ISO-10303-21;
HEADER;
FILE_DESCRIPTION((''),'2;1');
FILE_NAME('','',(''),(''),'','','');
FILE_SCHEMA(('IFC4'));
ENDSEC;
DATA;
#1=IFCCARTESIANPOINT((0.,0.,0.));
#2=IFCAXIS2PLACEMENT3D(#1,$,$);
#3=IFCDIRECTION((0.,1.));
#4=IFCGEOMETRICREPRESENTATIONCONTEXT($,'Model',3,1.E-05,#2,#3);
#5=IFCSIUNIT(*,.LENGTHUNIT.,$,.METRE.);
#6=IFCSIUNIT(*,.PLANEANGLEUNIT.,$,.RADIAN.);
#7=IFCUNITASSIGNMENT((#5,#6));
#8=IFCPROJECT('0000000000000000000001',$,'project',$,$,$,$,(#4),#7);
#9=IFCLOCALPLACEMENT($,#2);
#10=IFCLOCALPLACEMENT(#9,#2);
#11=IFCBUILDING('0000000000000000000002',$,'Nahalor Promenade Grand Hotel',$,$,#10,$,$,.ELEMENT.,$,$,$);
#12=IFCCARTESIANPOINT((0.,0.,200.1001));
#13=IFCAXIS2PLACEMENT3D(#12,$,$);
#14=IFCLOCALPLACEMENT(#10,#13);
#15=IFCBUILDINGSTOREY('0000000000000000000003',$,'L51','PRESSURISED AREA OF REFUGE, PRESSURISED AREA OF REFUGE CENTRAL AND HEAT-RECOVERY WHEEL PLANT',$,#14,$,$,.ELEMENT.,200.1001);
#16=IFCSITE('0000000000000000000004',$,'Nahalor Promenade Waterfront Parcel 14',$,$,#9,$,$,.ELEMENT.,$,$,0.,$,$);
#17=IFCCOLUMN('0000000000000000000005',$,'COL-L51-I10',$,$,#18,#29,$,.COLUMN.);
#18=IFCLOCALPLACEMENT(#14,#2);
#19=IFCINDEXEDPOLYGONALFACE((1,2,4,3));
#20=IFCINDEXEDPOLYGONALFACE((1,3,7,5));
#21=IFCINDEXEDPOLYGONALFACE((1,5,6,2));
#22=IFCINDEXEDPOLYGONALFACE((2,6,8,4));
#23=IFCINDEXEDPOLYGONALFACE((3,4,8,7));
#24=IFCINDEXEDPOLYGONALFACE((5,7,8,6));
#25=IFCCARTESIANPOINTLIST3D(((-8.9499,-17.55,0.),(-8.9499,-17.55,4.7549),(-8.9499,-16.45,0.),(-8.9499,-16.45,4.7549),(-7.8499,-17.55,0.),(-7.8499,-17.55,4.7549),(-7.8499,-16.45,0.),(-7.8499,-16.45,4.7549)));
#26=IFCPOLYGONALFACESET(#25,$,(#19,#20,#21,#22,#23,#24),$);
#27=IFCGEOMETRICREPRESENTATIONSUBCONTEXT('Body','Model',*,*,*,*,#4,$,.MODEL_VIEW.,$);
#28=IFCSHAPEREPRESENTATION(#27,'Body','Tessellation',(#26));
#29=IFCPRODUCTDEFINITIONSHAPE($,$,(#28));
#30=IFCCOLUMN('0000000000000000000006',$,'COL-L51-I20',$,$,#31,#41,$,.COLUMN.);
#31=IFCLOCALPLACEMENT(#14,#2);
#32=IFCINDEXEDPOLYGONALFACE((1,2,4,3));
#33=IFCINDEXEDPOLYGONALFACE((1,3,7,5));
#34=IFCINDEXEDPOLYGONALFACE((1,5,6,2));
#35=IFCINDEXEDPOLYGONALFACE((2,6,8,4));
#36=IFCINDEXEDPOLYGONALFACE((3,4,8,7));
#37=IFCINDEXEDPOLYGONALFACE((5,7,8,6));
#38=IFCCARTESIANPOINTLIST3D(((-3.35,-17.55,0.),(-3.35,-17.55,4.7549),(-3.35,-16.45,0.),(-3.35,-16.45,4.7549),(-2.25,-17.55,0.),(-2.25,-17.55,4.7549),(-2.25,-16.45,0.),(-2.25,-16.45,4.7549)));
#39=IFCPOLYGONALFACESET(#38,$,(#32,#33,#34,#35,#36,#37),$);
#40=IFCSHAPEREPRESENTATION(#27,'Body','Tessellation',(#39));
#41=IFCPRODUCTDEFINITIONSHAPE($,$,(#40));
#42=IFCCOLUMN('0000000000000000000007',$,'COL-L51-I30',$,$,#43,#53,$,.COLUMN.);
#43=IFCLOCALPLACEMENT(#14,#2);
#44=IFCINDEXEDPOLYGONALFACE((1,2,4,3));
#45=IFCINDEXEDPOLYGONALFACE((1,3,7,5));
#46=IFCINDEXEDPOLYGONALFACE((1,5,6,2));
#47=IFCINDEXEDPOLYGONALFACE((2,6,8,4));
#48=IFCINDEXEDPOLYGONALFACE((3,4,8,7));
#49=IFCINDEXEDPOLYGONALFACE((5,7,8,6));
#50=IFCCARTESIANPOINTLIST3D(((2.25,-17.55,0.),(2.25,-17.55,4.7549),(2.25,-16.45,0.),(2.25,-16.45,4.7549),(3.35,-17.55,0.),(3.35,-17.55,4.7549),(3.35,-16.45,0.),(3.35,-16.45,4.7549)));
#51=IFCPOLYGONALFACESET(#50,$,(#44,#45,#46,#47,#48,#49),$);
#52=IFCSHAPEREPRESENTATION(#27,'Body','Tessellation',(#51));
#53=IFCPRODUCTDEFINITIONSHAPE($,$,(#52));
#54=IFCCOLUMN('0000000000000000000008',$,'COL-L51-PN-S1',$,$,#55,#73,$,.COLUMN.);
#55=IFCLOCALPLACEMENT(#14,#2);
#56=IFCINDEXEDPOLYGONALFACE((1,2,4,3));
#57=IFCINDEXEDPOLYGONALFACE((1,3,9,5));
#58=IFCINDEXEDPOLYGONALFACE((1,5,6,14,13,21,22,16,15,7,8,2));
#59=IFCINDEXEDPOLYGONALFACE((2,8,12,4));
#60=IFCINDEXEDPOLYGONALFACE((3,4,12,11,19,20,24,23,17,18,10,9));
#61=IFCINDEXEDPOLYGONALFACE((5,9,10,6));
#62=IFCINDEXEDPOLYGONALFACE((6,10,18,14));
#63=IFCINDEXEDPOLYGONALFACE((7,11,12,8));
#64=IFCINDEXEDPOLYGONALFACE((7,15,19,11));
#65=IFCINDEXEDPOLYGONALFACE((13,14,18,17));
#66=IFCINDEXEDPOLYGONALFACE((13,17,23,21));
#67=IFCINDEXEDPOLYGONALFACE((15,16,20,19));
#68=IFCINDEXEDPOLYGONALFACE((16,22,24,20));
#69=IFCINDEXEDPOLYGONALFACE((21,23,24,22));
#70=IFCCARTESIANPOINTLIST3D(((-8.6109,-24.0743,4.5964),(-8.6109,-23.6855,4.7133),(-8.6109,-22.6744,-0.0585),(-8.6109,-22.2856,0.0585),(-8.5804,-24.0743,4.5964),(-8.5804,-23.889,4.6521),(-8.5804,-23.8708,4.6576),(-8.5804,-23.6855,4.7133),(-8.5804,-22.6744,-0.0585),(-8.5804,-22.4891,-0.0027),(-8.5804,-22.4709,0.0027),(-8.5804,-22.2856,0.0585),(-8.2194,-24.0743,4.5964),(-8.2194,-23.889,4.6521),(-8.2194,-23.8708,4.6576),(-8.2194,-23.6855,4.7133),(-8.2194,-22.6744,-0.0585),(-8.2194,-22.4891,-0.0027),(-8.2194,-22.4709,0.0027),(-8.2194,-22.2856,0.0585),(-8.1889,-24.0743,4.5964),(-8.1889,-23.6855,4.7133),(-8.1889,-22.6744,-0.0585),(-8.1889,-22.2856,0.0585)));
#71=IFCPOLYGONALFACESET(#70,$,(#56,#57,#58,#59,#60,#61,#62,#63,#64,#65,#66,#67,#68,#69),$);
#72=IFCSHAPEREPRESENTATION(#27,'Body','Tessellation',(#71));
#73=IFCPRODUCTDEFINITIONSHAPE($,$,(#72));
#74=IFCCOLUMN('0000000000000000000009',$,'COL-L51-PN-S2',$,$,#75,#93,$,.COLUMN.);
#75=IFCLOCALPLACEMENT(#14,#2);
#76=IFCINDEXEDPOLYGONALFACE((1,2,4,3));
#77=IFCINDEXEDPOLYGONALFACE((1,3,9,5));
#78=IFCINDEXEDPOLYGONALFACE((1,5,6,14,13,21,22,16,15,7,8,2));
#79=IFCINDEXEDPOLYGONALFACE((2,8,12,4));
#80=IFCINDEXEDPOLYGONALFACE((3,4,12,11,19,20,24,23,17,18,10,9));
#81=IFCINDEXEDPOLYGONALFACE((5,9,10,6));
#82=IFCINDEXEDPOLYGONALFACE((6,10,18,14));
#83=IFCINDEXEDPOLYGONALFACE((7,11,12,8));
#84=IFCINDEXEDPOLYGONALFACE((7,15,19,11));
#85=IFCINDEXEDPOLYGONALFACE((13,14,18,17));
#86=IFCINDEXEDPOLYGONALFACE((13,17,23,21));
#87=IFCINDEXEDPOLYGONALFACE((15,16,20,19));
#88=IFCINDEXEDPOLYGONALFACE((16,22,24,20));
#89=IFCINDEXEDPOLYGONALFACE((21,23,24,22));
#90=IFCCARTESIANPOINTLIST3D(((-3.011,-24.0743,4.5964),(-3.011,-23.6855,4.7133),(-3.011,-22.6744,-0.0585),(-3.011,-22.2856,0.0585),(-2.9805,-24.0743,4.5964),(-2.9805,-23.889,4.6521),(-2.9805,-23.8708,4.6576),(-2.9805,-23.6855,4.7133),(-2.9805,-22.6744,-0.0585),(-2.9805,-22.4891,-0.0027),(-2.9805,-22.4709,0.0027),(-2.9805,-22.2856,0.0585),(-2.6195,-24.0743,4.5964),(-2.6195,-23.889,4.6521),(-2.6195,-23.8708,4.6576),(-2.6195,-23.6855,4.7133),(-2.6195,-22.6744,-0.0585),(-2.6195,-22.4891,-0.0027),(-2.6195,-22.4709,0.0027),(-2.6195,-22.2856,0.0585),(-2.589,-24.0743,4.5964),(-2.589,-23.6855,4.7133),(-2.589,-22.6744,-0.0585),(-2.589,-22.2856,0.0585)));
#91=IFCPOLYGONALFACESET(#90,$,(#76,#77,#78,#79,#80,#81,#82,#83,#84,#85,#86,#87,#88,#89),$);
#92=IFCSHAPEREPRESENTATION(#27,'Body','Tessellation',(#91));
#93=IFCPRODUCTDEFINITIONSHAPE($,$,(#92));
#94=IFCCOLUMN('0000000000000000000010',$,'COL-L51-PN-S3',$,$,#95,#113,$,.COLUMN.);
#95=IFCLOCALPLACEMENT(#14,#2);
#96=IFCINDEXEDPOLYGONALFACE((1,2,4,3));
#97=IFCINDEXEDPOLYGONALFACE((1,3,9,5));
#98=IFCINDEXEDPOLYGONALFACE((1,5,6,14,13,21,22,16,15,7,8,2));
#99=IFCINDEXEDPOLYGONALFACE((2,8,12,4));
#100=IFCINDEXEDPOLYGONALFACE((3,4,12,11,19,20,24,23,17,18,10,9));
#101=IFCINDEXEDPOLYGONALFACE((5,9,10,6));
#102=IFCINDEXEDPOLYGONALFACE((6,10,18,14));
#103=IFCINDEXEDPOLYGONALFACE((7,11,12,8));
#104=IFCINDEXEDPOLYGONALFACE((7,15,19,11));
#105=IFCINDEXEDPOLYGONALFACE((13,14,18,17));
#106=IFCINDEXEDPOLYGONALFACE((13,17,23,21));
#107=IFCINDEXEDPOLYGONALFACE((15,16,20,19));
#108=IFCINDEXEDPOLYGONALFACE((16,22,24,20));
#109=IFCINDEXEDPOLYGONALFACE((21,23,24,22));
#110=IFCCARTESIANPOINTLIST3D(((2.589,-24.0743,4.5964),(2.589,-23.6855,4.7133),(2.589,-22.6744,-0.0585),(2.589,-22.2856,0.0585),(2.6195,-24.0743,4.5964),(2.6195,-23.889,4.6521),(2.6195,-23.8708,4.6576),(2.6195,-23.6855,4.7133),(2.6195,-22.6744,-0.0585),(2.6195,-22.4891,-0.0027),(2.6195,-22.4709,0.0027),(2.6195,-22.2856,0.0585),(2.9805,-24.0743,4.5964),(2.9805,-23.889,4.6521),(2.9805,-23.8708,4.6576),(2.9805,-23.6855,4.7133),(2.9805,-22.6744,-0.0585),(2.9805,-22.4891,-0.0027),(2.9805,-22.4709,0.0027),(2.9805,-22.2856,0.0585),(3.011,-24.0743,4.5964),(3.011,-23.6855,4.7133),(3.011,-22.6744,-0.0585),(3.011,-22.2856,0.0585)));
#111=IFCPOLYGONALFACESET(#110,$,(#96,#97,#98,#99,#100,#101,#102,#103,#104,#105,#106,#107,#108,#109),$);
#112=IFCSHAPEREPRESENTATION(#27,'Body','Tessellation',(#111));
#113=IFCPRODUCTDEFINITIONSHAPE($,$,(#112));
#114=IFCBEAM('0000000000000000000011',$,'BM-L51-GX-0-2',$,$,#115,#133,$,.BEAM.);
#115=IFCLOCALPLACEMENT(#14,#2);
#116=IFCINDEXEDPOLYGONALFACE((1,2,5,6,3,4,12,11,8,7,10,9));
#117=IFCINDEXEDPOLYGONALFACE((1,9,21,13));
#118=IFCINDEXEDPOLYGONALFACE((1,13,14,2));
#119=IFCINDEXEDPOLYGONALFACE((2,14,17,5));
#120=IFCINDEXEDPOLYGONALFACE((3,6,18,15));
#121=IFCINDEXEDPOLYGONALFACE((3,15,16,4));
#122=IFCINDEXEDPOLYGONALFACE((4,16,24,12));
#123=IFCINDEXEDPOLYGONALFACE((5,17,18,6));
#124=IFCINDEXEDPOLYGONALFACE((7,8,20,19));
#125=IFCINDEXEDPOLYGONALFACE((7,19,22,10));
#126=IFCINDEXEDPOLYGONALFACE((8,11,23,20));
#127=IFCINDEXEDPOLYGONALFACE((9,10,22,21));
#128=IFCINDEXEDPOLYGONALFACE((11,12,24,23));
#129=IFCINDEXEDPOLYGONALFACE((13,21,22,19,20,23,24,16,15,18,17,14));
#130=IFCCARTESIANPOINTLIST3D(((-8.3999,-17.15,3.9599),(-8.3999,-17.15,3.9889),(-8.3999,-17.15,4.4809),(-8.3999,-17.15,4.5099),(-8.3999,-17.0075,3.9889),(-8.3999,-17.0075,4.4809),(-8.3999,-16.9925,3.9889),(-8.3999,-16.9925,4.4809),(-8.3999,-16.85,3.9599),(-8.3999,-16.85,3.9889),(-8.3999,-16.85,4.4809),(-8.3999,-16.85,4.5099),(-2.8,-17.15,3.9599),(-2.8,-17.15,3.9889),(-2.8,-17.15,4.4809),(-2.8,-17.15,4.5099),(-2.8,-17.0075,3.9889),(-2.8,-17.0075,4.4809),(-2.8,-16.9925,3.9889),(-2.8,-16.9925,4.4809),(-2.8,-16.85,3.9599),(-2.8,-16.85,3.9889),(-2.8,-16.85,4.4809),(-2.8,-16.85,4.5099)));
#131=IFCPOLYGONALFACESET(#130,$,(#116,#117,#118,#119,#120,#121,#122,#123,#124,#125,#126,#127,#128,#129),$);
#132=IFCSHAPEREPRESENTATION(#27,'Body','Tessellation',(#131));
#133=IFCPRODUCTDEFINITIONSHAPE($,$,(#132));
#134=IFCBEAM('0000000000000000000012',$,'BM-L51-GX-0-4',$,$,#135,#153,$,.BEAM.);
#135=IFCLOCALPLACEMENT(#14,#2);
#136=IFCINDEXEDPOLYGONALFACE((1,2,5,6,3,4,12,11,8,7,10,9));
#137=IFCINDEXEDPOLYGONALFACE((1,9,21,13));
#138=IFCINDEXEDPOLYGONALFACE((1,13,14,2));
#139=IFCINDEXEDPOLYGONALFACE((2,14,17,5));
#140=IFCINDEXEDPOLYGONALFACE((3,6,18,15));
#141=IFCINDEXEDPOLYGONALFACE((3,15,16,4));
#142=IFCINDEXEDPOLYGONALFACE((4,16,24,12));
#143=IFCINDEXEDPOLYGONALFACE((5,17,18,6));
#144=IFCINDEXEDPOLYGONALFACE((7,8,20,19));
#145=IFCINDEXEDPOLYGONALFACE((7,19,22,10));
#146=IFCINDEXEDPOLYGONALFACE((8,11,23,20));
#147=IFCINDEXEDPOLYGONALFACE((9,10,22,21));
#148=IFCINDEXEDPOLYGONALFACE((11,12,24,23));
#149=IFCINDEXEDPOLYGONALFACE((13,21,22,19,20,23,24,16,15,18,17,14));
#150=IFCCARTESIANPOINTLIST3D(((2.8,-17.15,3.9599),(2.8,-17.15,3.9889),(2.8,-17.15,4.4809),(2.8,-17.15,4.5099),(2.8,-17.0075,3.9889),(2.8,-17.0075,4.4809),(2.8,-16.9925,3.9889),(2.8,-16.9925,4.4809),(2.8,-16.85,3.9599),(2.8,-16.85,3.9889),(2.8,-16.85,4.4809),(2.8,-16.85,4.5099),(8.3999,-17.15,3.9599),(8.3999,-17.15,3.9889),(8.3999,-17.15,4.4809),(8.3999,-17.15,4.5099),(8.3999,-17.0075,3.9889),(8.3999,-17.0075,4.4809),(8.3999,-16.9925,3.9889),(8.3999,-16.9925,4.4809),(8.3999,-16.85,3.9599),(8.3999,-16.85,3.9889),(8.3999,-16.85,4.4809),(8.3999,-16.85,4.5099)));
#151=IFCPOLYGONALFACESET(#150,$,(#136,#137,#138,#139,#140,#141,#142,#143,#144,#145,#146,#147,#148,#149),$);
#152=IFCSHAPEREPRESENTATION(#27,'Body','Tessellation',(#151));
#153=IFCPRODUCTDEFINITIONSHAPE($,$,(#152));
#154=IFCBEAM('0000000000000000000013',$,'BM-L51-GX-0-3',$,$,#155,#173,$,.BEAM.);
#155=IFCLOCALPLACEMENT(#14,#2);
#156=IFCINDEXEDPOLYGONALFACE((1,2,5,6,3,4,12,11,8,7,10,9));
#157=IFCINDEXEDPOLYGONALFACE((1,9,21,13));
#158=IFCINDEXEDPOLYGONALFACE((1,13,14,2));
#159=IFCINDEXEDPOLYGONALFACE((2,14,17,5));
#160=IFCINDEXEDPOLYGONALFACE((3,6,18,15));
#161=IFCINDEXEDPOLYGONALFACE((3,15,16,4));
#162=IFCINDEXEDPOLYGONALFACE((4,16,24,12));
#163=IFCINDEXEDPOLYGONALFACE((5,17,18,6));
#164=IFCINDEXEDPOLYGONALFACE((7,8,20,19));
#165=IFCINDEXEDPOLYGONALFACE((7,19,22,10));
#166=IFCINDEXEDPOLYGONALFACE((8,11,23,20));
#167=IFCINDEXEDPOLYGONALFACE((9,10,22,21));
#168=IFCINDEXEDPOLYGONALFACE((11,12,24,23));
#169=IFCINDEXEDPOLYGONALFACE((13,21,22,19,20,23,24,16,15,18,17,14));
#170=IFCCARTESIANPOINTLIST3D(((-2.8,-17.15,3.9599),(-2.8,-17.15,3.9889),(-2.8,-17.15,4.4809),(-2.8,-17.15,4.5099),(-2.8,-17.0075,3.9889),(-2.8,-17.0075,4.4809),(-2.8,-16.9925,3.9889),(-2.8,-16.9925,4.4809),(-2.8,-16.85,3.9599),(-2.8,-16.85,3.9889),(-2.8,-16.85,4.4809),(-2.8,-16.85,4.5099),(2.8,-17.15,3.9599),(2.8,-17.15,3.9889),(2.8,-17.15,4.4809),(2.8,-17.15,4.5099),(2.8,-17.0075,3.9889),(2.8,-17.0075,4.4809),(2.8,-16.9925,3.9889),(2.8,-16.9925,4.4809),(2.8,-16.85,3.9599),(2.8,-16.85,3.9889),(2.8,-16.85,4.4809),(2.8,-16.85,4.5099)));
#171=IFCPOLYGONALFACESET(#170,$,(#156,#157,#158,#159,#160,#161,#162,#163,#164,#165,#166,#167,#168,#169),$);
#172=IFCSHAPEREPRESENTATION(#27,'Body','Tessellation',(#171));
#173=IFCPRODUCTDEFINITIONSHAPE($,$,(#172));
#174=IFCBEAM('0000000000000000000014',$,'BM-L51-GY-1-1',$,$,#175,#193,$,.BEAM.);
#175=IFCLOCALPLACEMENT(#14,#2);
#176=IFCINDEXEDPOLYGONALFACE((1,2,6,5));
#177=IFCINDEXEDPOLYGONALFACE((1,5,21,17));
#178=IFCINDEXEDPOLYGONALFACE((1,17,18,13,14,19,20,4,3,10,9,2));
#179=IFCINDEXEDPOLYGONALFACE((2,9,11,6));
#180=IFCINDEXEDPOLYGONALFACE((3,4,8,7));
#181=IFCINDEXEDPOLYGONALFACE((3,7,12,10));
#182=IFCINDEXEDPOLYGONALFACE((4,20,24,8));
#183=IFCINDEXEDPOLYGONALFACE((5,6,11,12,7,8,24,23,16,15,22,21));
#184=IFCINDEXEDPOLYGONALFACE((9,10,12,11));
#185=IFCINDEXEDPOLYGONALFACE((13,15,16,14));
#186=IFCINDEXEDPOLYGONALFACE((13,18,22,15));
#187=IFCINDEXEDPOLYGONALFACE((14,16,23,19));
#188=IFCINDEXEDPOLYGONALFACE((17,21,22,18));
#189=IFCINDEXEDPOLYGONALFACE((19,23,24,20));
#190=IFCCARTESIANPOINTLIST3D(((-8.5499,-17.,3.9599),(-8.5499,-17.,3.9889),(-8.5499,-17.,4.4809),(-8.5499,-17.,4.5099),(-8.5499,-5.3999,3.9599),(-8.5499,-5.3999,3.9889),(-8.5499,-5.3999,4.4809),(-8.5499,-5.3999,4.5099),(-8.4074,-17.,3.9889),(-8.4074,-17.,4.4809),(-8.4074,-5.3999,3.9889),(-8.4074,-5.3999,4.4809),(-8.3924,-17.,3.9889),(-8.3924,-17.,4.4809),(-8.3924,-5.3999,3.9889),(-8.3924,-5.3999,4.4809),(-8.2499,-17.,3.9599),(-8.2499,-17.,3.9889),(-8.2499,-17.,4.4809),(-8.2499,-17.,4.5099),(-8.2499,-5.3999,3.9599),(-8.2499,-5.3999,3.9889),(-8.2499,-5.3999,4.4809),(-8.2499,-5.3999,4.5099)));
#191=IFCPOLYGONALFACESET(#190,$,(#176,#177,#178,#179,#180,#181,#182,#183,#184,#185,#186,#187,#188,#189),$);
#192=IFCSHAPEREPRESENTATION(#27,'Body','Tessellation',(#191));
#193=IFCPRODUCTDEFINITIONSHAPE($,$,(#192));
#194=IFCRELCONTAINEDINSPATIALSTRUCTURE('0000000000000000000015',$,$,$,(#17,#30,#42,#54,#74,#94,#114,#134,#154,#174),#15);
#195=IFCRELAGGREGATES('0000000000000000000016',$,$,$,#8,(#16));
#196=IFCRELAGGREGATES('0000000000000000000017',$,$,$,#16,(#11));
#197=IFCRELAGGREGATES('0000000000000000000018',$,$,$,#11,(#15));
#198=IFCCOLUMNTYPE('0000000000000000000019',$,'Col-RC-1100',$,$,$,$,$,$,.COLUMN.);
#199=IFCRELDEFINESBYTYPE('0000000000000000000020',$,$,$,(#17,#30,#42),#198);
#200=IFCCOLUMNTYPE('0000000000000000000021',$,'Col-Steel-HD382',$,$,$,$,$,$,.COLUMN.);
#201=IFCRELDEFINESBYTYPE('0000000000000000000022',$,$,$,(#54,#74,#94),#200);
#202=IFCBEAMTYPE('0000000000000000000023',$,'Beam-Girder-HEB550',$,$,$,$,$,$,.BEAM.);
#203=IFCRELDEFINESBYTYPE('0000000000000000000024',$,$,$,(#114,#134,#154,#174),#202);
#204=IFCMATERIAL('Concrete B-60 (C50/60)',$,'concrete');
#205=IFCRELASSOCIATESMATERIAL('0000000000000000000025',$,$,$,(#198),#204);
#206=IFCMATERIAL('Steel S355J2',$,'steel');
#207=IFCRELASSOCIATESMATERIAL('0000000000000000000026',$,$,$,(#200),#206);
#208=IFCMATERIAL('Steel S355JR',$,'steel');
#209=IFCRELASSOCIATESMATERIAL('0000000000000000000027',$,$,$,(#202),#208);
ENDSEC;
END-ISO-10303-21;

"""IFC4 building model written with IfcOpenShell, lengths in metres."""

from ifc_helpers import new_model, si_unit, direction, frame, origin, origin_2d, place, context, subcontext, project, spatial, rectangle, i_section, extrude, source, transform, mapped, material, material_profile, profile_set, type_object, element, save


model = new_model("IFC4")

# Units and contexts
model_context = context("Model", 3, precision=1e-05, world=origin(), true_north=direction((0.0, 1.0)))
body_context = subcontext(model_context, "Body", "Model", "MODEL_VIEW")
ifc_project = project(units=[si_unit("LENGTHUNIT", "METRE"), si_unit("PLANEANGLEUNIT", "RADIAN")], contexts=[model_context])

# Site, building, storey
site_placement = place(None, origin())
site = spatial("IfcSite", under=ifc_project, at=site_placement, Name="Nahalor Promenade Waterfront Parcel 14", CompositionType="ELEMENT", RefElevation=0.0)
building_placement = place(site_placement, origin())
building = spatial("IfcBuilding", under=site, at=building_placement, Name="Nahalor Promenade Grand Hotel", CompositionType="ELEMENT")
storey_placement = place(building_placement, frame((0.0, 0.0, 200.1001)))
storey = spatial("IfcBuildingStorey", under=building, at=storey_placement, Name="L51", Description="PRESSURISED AREA OF REFUGE, PRESSURISED AREA OF REFUGE CENTRAL AND HEAT-RECOVERY WHEEL PLANT", CompositionType="ELEMENT", Elevation=200.1001)

# Columns
ifc_material_1 = material(Name="Concrete B-60 (C50/60)", Category="concrete")
ifc_material_profile_1 = material_profile(ifc_material_1, rectangle(XDim=1.1, YDim=1.1, at=origin_2d()), Name="RC 1100x1100")
ifc_profile_set_1 = profile_set([ifc_material_profile_1], Name="Concrete B-60 (C50/60)")
column_type_1 = type_object("IfcColumnType", Name="Col-RC-1100", PredefinedType="COLUMN", material=ifc_profile_set_1)
shared_shape_1 = source(origin(), body_context, "Body", "SweptSolid", [
    extrude(rectangle(XDim=1.1, YDim=1.1, at=origin_2d()), origin(), (0.0, 0.0, 1.0), 4.7549),
])
for number, where, z_axis, x_axis, name in (
    (1, (-8.3999, -17.0, 0.0), (0.0, 0.0, 1.0), (1.0, 0.0, 0.0), "COL-L51-I10"),
    (2, (-2.8, -17.0, 0.0), (0.0, 0.0, 1.0), (1.0, 0.0, 0.0), "COL-L51-I20"),
    (3, (2.8, -17.0, 0.0), (0.0, 0.0, 1.0), (1.0, 0.0, 0.0), "COL-L51-I30"),
):
    element("IfcColumn", number, at=place(storey_placement, frame(where, z_axis=z_axis, x_axis=x_axis)), inside=storey, type_object=column_type_1, Name=name, PredefinedType="COLUMN", context=body_context, shape_type="MappedRepresentation", body=[
        mapped(shared_shape_1, transform((0.0, 0.0, 0.0), scale=1.0)),
    ])
ifc_material_2 = material(Name="Steel S355J2", Category="steel")
ifc_material_profile_2 = material_profile(ifc_material_2, i_section(OverallWidth=0.406, OverallDepth=0.422, WebThickness=0.019, FlangeThickness=0.0305, at=origin_2d()), Name="HD 400x382")
ifc_profile_set_2 = profile_set([ifc_material_profile_2], Name="Steel S355J2")
column_type_2 = type_object("IfcColumnType", Name="Col-Steel-HD382", PredefinedType="COLUMN", material=ifc_profile_set_2)
shared_shape_2 = source(origin(), body_context, "Body", "SweptSolid", [
    extrude(i_section(OverallWidth=0.406, OverallDepth=0.422, WebThickness=0.019, FlangeThickness=0.0305, at=origin_2d()), origin(), (0.0, 0.0, 1.0), 4.8608),
])
for number, where, z_axis, x_axis, name in (
    (4, (-8.3999, -22.48, 0.0), (0.0, -0.288002, 0.95763), (0.0, 0.95763, 0.288002), "COL-L51-PN-S1"),
    (5, (-2.8, -22.48, 0.0), (0.0, -0.288002, 0.95763), (0.0, 0.95763, 0.288002), "COL-L51-PN-S2"),
    (6, (2.8, -22.48, 0.0), (0.0, -0.288002, 0.95763), (0.0, 0.95763, 0.288002), "COL-L51-PN-S3"),
):
    element("IfcColumn", number, at=place(storey_placement, frame(where, z_axis=z_axis, x_axis=x_axis)), inside=storey, type_object=column_type_2, Name=name, PredefinedType="COLUMN", context=body_context, shape_type="MappedRepresentation", body=[
        mapped(shared_shape_2, transform((0.0, 0.0, 0.0), scale=1.0)),
    ])

# Beams
ifc_material_3 = material(Name="Steel S355JR", Category="steel")
ifc_material_profile_3 = material_profile(ifc_material_3, i_section(OverallWidth=0.3, OverallDepth=0.55, WebThickness=0.015, FlangeThickness=0.029, at=origin_2d()), Name="HEB 550")
ifc_profile_set_3 = profile_set([ifc_material_profile_3], Name="Steel S355JR")
beam_type_1 = type_object("IfcBeamType", Name="Beam-Girder-HEB550", PredefinedType="BEAM", material=ifc_profile_set_3)
shared_shape_3 = source(origin(), body_context, "Body", "SweptSolid", [
    extrude(i_section(OverallWidth=0.3, OverallDepth=0.55, WebThickness=0.015, FlangeThickness=0.029, at=origin_2d()), origin(), (0.0, 0.0, 1.0), 5.5999),
])
for number, where, z_axis, x_axis, name in (
    (7, (-8.3999, -17.0, 4.2349), (1.0, 0.0, 0.0), (0.0, 1.0, 0.0), "BM-L51-GX-0-2"),
    (8, (2.8, -17.0, 4.2349), (1.0, 0.0, 0.0), (0.0, 1.0, 0.0), "BM-L51-GX-0-4"),
):
    element("IfcBeam", number, at=place(storey_placement, frame(where, z_axis=z_axis, x_axis=x_axis)), inside=storey, type_object=beam_type_1, Name=name, PredefinedType="BEAM", context=body_context, shape_type="MappedRepresentation", body=[
        mapped(shared_shape_3, transform((0.0, 0.0, 0.0), scale=1.0)),
    ])
shared_shape_4 = source(origin(), body_context, "Body", "SweptSolid", [
    extrude(i_section(OverallWidth=0.3, OverallDepth=0.55, WebThickness=0.015, FlangeThickness=0.029, at=origin_2d()), origin(), (0.0, 0.0, 1.0), 5.6001),
])
beam_1_placement = place(storey_placement, frame((-2.8, -17.0, 4.2349), z_axis=(1.0, 0.0, 0.0), x_axis=(0.0, 1.0, 0.0)))
element("IfcBeam", 9, at=beam_1_placement, inside=storey, type_object=beam_type_1, Name="BM-L51-GX-0-3", PredefinedType="BEAM", context=body_context, shape_type="MappedRepresentation", body=[
    mapped(shared_shape_4, transform((0.0, 0.0, 0.0), scale=1.0)),
])
shared_shape_5 = source(origin(), body_context, "Body", "SweptSolid", [
    extrude(i_section(OverallWidth=0.3, OverallDepth=0.55, WebThickness=0.015, FlangeThickness=0.029, at=origin_2d()), origin(), (0.0, 0.0, 1.0), 11.6001),
])
for number, where, z_axis, x_axis, name in (
    (10, (-8.3999, -17.0, 4.2349), (0.0, 1.0, 0.0), (-1.0, 0.0, 0.0), "BM-L51-GY-1-1"),
):
    element("IfcBeam", number, at=place(storey_placement, frame(where, z_axis=z_axis, x_axis=x_axis)), inside=storey, type_object=beam_type_1, Name=name, PredefinedType="BEAM", context=body_context, shape_type="MappedRepresentation", body=[
        mapped(shared_shape_5, transform((0.0, 0.0, 0.0), scale=1.0)),
    ])

save(model, "model.ifc")
